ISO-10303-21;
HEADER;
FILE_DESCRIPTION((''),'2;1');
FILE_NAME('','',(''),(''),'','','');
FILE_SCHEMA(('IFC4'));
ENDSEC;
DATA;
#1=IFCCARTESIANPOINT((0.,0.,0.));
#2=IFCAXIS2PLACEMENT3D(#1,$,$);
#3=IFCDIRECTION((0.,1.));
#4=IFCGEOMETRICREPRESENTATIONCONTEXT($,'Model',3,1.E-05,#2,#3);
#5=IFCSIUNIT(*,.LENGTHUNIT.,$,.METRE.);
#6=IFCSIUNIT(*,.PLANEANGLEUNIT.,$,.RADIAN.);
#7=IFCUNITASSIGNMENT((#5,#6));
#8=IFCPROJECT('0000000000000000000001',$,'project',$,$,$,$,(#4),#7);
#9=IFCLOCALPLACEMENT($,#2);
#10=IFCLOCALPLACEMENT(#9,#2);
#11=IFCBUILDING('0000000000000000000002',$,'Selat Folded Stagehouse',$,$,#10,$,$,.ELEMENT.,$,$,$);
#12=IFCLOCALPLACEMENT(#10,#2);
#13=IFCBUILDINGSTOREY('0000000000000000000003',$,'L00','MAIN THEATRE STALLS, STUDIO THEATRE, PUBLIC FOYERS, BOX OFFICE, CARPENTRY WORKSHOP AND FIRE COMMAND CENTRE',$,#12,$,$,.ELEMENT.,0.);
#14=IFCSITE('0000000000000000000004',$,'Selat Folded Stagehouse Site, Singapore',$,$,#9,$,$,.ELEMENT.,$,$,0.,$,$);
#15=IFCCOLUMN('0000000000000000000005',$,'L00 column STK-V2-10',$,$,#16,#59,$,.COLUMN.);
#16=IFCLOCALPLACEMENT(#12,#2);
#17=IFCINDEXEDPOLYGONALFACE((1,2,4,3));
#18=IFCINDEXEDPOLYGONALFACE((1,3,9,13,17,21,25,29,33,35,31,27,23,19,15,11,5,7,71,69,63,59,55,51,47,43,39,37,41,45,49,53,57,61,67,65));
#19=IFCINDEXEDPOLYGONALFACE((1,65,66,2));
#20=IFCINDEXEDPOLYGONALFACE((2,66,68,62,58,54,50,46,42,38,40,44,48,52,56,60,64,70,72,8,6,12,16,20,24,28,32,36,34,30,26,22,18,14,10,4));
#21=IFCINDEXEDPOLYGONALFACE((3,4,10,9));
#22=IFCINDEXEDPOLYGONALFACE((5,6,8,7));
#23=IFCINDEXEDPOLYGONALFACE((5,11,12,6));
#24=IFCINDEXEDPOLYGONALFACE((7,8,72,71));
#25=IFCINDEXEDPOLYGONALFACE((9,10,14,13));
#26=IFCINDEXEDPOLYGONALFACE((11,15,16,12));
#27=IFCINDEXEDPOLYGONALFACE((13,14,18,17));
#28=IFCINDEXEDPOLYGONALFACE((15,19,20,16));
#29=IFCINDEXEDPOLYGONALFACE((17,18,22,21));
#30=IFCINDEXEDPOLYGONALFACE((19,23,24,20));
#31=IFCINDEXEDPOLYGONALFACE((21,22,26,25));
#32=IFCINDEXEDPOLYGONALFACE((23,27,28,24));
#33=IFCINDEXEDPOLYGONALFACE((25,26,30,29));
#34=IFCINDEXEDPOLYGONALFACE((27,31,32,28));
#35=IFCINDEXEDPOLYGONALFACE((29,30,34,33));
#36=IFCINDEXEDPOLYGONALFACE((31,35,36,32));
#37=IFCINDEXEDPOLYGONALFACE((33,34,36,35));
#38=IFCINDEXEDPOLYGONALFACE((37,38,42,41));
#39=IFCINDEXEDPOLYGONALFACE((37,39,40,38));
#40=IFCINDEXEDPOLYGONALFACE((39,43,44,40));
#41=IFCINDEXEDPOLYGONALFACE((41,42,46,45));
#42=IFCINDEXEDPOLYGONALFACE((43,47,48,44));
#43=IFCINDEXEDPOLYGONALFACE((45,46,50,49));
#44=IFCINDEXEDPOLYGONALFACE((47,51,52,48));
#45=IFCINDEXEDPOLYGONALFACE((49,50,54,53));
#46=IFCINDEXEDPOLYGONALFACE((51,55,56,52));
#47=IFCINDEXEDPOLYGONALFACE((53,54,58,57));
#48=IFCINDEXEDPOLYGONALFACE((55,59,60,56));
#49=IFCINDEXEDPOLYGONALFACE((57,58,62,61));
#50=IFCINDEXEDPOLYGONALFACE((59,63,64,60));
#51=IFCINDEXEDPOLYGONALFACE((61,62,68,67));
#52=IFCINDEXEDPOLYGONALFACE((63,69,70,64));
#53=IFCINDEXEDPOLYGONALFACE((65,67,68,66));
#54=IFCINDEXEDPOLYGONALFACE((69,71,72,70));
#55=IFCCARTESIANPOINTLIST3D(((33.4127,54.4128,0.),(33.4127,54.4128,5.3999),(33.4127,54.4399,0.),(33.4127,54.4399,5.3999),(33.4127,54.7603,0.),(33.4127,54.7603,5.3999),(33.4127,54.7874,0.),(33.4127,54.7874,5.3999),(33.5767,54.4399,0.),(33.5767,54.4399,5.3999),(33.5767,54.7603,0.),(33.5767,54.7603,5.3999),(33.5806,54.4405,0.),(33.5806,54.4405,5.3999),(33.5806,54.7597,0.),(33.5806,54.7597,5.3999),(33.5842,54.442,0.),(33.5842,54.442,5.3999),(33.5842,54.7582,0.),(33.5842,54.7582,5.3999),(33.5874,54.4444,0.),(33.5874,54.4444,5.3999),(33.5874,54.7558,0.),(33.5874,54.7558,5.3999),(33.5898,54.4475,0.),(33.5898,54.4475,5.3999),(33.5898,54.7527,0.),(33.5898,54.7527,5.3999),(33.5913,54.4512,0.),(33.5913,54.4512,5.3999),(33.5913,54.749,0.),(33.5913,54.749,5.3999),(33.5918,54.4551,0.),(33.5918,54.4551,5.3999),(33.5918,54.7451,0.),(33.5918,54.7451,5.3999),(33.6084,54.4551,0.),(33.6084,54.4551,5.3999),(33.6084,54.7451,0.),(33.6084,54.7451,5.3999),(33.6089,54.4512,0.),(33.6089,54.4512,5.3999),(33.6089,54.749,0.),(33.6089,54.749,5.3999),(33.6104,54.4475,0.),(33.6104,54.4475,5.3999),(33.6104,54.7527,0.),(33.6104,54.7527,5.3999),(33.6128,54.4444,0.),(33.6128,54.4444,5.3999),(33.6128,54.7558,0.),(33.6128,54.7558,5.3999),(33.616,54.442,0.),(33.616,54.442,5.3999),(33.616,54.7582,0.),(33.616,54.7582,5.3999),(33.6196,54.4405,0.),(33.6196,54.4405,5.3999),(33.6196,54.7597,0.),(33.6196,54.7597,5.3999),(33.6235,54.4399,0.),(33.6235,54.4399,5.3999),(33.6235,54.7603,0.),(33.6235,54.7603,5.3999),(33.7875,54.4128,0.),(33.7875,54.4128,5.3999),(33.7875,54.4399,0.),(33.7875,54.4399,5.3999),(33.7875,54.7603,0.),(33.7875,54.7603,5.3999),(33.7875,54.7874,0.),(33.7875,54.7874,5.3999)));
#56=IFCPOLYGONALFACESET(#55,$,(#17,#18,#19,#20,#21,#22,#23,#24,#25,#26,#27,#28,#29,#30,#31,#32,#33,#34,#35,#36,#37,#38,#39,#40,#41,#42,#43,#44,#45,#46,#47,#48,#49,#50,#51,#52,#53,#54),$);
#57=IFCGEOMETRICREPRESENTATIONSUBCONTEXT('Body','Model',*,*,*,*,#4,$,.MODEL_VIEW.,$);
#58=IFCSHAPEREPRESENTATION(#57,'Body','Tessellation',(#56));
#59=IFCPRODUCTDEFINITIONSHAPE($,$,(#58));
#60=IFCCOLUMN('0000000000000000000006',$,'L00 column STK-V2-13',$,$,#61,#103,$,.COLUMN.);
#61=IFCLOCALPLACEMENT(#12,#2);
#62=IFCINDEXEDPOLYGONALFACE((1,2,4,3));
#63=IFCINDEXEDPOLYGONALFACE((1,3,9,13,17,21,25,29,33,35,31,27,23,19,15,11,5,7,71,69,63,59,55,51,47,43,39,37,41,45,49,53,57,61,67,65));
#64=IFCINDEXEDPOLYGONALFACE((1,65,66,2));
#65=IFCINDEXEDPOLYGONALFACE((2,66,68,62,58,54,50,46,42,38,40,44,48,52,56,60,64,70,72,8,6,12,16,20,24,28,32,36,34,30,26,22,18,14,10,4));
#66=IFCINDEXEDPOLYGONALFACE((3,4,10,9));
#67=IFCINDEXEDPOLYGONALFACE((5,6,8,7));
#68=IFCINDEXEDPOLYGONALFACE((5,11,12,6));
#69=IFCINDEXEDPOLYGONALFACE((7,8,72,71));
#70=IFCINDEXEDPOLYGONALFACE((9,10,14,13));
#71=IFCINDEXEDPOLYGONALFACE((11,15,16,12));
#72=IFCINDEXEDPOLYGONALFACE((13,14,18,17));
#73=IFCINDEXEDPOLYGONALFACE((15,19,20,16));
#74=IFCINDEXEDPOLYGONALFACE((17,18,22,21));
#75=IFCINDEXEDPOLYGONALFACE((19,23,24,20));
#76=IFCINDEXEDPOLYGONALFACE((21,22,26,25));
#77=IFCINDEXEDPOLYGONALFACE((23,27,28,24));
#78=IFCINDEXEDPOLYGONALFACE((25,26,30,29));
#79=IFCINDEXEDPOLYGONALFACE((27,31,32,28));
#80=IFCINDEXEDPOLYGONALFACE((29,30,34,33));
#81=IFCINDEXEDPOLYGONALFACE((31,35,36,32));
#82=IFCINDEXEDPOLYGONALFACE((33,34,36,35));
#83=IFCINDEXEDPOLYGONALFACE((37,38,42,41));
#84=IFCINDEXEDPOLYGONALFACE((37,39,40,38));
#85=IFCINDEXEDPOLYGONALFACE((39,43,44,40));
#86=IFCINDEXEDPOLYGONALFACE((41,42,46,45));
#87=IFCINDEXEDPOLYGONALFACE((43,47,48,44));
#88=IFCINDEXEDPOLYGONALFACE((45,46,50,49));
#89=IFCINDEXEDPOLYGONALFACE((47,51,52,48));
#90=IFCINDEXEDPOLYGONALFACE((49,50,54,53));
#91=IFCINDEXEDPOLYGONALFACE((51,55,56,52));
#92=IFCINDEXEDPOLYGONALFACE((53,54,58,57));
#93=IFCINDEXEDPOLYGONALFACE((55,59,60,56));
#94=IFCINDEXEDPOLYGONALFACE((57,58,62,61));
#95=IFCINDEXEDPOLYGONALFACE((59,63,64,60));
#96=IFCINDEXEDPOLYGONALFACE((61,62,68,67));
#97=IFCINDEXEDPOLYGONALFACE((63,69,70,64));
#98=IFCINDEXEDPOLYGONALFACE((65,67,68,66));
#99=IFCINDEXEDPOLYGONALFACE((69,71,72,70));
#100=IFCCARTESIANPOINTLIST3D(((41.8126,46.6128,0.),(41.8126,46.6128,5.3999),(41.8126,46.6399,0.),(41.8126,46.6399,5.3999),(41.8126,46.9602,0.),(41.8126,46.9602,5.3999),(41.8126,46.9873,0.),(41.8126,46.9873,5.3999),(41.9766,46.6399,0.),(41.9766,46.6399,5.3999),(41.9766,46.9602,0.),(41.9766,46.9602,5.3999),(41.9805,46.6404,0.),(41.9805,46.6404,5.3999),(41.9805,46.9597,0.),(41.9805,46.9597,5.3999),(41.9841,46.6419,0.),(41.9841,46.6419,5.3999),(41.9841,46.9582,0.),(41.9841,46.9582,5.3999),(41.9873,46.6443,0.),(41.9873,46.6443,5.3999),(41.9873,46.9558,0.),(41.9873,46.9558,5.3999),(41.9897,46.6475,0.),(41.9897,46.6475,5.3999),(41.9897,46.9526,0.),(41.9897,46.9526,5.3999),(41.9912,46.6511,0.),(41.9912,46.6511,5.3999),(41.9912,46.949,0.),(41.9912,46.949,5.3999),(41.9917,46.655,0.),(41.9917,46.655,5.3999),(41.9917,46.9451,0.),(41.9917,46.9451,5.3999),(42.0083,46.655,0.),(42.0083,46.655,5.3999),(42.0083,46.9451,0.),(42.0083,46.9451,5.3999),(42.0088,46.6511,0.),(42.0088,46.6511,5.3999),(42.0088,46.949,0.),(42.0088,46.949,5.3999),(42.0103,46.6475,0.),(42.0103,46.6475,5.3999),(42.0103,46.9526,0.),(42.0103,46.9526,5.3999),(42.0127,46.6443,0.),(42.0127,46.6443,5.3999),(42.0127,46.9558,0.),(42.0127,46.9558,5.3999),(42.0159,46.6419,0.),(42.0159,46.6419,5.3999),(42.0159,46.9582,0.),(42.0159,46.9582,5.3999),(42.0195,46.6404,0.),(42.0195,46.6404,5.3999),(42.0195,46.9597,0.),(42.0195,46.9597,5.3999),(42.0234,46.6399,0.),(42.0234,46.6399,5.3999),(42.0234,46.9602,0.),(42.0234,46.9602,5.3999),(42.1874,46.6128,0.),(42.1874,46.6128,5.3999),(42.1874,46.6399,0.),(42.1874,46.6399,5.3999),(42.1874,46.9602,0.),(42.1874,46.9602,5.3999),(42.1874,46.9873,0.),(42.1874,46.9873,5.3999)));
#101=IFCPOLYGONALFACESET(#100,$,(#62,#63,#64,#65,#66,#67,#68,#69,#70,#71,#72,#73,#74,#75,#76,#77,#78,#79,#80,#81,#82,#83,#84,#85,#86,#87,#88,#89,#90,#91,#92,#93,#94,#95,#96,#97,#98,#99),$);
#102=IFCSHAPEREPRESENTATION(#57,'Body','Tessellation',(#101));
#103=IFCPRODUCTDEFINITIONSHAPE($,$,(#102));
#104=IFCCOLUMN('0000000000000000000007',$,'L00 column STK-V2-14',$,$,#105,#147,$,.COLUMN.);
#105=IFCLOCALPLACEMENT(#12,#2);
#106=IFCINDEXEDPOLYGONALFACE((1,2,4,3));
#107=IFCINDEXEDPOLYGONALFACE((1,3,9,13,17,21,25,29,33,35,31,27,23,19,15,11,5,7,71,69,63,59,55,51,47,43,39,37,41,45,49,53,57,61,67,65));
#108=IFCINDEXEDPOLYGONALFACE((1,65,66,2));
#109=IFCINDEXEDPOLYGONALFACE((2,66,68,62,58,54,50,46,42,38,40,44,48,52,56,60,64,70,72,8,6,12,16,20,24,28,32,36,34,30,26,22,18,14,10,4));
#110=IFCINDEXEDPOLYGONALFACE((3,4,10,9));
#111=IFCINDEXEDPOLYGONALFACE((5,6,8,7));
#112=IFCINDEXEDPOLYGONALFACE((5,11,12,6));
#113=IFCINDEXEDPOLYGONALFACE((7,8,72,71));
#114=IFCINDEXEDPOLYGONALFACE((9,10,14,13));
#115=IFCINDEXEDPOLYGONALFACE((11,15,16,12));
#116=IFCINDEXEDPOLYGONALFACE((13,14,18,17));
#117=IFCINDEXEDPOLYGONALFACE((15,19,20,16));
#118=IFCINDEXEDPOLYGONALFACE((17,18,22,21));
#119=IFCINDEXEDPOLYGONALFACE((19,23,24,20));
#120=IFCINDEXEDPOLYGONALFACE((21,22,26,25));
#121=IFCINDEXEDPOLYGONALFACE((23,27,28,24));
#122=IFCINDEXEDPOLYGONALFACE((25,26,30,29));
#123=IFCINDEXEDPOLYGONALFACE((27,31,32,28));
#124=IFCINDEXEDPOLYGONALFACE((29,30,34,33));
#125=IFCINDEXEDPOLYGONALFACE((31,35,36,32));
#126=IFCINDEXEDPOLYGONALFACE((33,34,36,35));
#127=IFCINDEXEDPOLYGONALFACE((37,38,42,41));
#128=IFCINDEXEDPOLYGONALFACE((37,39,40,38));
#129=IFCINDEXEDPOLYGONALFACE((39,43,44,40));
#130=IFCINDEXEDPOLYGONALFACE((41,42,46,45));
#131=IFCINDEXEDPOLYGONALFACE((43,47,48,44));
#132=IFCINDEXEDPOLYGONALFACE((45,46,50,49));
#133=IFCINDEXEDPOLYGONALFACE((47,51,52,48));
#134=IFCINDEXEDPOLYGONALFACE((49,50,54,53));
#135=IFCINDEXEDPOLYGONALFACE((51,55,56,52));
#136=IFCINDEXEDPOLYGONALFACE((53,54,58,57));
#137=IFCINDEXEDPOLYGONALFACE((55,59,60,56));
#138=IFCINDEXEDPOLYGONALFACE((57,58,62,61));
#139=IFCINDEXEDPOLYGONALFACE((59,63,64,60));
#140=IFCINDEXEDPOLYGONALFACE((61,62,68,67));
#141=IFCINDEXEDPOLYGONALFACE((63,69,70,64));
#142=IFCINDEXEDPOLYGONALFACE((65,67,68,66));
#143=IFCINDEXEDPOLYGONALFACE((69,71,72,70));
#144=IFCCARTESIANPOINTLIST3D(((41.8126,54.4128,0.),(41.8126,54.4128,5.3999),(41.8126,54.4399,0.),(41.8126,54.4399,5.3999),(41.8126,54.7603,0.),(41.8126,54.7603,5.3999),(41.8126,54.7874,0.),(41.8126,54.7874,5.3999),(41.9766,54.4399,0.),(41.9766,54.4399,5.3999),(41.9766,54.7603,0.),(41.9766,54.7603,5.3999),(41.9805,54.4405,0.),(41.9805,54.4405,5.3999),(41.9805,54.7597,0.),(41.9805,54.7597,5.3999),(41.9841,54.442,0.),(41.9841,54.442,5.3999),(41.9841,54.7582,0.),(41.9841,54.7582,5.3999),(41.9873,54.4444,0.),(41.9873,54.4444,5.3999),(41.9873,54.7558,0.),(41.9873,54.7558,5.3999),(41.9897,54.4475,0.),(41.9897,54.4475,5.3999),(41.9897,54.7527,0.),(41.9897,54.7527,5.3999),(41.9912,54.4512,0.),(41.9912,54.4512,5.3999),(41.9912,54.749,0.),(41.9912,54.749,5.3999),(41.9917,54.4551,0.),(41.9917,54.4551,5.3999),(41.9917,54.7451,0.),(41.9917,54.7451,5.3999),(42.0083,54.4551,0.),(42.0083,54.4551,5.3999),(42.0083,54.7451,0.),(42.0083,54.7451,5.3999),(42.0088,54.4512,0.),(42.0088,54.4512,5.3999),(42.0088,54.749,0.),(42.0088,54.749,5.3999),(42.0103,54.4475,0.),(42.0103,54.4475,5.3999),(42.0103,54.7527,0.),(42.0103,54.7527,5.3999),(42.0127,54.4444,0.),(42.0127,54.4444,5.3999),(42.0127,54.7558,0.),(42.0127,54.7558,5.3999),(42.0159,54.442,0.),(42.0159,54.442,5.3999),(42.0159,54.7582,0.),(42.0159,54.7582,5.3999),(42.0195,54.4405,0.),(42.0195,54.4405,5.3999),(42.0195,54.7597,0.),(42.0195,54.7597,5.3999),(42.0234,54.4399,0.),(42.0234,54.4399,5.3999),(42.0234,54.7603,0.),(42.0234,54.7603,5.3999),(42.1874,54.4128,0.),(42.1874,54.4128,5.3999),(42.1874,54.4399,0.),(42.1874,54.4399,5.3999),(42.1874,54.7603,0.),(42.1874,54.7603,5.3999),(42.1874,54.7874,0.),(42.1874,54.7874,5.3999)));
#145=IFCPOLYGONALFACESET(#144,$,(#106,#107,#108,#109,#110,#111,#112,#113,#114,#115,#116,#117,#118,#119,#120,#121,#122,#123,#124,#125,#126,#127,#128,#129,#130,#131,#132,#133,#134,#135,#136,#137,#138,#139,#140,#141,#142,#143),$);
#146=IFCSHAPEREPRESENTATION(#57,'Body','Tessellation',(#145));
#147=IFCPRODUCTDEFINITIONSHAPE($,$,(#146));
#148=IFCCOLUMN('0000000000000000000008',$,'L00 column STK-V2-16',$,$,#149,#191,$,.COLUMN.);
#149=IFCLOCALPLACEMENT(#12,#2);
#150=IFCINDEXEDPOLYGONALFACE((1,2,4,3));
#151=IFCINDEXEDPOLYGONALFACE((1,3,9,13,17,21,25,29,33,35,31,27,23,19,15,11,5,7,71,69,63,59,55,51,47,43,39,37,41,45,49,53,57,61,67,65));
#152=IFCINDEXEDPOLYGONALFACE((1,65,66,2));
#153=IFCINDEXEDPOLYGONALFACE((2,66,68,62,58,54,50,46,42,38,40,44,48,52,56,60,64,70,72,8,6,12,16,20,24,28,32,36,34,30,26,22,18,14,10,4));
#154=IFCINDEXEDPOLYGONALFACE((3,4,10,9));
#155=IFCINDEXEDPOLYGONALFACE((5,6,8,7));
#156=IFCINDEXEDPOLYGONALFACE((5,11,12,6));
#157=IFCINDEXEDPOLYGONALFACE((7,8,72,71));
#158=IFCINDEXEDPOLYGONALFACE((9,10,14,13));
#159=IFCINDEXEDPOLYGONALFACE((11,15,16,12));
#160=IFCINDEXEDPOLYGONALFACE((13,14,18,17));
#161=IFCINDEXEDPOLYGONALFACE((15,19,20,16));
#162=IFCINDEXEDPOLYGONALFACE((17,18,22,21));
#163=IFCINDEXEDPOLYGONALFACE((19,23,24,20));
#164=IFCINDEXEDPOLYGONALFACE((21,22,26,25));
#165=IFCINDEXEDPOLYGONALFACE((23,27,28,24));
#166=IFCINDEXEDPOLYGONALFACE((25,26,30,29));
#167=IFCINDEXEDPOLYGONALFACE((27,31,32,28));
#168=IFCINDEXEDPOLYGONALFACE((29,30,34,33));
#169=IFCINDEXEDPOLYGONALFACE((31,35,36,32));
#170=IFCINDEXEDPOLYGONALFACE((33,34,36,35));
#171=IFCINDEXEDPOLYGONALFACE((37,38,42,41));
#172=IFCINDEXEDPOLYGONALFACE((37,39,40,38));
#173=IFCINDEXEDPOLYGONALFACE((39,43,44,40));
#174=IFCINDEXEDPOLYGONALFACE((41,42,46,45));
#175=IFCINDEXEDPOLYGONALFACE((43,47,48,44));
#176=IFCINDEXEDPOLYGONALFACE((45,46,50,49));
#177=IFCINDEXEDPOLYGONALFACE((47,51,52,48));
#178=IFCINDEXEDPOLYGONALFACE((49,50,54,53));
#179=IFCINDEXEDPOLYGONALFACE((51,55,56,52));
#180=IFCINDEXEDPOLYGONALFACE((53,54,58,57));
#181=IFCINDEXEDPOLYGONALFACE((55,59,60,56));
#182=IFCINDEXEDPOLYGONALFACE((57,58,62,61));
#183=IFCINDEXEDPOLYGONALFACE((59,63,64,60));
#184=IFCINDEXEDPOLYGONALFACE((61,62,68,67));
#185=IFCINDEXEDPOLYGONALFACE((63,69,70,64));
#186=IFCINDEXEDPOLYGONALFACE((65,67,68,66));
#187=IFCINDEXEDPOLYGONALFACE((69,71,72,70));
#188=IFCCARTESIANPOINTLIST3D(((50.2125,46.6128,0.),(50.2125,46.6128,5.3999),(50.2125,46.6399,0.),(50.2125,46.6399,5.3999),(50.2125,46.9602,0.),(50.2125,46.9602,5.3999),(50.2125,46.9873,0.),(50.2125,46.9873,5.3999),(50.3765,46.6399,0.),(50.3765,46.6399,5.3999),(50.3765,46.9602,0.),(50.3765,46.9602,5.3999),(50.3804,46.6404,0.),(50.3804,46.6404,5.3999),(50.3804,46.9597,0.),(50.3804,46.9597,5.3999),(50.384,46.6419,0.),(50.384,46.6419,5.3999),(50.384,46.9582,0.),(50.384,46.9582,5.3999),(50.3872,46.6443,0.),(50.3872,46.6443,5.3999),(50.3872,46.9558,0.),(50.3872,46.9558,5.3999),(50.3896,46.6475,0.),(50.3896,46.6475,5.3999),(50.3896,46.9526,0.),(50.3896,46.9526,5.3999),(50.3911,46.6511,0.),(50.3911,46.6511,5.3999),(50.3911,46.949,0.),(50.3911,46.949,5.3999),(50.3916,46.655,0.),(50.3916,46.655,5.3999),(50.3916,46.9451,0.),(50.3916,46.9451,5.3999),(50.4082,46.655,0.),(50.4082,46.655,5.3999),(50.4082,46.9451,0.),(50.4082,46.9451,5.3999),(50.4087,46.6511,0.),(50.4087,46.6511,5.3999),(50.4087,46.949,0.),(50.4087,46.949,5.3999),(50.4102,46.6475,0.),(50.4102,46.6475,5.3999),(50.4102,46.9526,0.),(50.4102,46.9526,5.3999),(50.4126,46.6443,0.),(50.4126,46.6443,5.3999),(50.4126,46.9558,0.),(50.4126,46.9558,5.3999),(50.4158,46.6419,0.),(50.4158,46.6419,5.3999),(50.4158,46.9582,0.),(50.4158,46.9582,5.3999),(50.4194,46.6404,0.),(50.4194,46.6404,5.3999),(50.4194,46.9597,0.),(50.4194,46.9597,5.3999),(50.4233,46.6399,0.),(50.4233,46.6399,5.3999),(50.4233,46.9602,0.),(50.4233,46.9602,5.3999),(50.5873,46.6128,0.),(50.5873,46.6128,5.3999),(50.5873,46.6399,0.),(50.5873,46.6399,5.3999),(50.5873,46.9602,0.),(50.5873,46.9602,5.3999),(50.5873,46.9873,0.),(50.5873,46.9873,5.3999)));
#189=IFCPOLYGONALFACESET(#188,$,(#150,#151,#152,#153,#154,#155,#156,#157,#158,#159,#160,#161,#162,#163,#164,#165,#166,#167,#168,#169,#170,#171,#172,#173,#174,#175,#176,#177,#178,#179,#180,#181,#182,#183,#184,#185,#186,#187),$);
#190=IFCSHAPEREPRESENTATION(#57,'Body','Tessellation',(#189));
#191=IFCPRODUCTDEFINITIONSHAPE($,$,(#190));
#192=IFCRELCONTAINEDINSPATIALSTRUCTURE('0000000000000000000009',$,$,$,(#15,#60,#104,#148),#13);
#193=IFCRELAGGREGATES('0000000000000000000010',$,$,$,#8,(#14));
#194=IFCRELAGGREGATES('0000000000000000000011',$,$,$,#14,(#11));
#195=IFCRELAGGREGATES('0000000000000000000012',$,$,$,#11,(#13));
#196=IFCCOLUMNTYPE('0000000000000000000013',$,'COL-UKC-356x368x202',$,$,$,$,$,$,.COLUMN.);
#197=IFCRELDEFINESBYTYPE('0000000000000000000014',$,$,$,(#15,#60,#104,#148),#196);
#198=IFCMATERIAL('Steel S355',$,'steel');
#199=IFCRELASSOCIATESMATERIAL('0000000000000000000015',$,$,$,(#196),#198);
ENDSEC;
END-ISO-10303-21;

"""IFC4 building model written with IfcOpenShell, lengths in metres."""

from ifc_helpers import new_model, si_unit, direction, frame, origin, origin_2d, place, context, subcontext, project, spatial, i_section, extrude, material, material_profile, profile_set, type_object, element, save


model = new_model("IFC4")

# Units and contexts
model_context = context("Model", 3, precision=1e-05, world=origin(), true_north=direction((0.0, 1.0)))
body_context = subcontext(model_context, "Body", "Model", "MODEL_VIEW")
ifc_project = project(units=[si_unit("LENGTHUNIT", "METRE"), si_unit("PLANEANGLEUNIT", "RADIAN")], contexts=[model_context])

# Site, building, storey
site_placement = place(None, origin())
site = spatial("IfcSite", under=ifc_project, at=site_placement, Name="Selat Folded Stagehouse Site, Singapore", CompositionType="ELEMENT", RefElevation=0.0)
building_placement = place(site_placement, origin())
building = spatial("IfcBuilding", under=site, at=building_placement, Name="Selat Folded Stagehouse", CompositionType="ELEMENT")
storey_placement = place(building_placement, origin())
storey = spatial("IfcBuildingStorey", under=building, at=storey_placement, Name="L00", Description="MAIN THEATRE STALLS, STUDIO THEATRE, PUBLIC FOYERS, BOX OFFICE, CARPENTRY WORKSHOP AND FIRE COMMAND CENTRE", CompositionType="ELEMENT", Elevation=0.0)

# Columns
ifc_material_1 = material(Name="Steel S355", Category="steel")
ifc_material_profile_1 = material_profile(ifc_material_1, i_section(OverallWidth=0.3748, OverallDepth=0.3745, WebThickness=0.0166, FlangeThickness=0.0271, FilletRadius=0.0151, at=origin_2d()), Name="UKC 356x368x202")
ifc_profile_set_1 = profile_set([ifc_material_profile_1], Name="Steel S355")
column_type = type_object("IfcColumnType", Name="COL-UKC-356x368x202", PredefinedType="COLUMN", material=ifc_profile_set_1)
for number, where, z_axis, x_axis, name in (
    (1, (33.6001, 54.6001, 0.0), (0.0, 0.0, 1.0), (1.0, 0.0, 0.0), "L00 column STK-V2-10"),
    (2, (42.0, 46.8, 0.0), (0.0, 0.0, 1.0), (1.0, 0.0, 0.0), "L00 column STK-V2-13"),
    (3, (42.0, 54.6001, 0.0), (0.0, 0.0, 1.0), (1.0, 0.0, 0.0), "L00 column STK-V2-14"),
    (4, (50.3999, 46.8, 0.0), (0.0, 0.0, 1.0), (1.0, 0.0, 0.0), "L00 column STK-V2-16"),
):
    element("IfcColumn", number, at=place(storey_placement, frame(where, z_axis=z_axis, x_axis=x_axis)), inside=storey, type_object=column_type, Name=name, PredefinedType="COLUMN", context=body_context, shape_type="SweptSolid", body=[
        extrude(i_section(OverallWidth=0.3748, OverallDepth=0.3745, WebThickness=0.0166, FlangeThickness=0.0271, FilletRadius=0.0151, at=origin_2d()), origin(), (0.0, 0.0, 1.0), 5.3999),
    ])

save(model, "model.ifc")
